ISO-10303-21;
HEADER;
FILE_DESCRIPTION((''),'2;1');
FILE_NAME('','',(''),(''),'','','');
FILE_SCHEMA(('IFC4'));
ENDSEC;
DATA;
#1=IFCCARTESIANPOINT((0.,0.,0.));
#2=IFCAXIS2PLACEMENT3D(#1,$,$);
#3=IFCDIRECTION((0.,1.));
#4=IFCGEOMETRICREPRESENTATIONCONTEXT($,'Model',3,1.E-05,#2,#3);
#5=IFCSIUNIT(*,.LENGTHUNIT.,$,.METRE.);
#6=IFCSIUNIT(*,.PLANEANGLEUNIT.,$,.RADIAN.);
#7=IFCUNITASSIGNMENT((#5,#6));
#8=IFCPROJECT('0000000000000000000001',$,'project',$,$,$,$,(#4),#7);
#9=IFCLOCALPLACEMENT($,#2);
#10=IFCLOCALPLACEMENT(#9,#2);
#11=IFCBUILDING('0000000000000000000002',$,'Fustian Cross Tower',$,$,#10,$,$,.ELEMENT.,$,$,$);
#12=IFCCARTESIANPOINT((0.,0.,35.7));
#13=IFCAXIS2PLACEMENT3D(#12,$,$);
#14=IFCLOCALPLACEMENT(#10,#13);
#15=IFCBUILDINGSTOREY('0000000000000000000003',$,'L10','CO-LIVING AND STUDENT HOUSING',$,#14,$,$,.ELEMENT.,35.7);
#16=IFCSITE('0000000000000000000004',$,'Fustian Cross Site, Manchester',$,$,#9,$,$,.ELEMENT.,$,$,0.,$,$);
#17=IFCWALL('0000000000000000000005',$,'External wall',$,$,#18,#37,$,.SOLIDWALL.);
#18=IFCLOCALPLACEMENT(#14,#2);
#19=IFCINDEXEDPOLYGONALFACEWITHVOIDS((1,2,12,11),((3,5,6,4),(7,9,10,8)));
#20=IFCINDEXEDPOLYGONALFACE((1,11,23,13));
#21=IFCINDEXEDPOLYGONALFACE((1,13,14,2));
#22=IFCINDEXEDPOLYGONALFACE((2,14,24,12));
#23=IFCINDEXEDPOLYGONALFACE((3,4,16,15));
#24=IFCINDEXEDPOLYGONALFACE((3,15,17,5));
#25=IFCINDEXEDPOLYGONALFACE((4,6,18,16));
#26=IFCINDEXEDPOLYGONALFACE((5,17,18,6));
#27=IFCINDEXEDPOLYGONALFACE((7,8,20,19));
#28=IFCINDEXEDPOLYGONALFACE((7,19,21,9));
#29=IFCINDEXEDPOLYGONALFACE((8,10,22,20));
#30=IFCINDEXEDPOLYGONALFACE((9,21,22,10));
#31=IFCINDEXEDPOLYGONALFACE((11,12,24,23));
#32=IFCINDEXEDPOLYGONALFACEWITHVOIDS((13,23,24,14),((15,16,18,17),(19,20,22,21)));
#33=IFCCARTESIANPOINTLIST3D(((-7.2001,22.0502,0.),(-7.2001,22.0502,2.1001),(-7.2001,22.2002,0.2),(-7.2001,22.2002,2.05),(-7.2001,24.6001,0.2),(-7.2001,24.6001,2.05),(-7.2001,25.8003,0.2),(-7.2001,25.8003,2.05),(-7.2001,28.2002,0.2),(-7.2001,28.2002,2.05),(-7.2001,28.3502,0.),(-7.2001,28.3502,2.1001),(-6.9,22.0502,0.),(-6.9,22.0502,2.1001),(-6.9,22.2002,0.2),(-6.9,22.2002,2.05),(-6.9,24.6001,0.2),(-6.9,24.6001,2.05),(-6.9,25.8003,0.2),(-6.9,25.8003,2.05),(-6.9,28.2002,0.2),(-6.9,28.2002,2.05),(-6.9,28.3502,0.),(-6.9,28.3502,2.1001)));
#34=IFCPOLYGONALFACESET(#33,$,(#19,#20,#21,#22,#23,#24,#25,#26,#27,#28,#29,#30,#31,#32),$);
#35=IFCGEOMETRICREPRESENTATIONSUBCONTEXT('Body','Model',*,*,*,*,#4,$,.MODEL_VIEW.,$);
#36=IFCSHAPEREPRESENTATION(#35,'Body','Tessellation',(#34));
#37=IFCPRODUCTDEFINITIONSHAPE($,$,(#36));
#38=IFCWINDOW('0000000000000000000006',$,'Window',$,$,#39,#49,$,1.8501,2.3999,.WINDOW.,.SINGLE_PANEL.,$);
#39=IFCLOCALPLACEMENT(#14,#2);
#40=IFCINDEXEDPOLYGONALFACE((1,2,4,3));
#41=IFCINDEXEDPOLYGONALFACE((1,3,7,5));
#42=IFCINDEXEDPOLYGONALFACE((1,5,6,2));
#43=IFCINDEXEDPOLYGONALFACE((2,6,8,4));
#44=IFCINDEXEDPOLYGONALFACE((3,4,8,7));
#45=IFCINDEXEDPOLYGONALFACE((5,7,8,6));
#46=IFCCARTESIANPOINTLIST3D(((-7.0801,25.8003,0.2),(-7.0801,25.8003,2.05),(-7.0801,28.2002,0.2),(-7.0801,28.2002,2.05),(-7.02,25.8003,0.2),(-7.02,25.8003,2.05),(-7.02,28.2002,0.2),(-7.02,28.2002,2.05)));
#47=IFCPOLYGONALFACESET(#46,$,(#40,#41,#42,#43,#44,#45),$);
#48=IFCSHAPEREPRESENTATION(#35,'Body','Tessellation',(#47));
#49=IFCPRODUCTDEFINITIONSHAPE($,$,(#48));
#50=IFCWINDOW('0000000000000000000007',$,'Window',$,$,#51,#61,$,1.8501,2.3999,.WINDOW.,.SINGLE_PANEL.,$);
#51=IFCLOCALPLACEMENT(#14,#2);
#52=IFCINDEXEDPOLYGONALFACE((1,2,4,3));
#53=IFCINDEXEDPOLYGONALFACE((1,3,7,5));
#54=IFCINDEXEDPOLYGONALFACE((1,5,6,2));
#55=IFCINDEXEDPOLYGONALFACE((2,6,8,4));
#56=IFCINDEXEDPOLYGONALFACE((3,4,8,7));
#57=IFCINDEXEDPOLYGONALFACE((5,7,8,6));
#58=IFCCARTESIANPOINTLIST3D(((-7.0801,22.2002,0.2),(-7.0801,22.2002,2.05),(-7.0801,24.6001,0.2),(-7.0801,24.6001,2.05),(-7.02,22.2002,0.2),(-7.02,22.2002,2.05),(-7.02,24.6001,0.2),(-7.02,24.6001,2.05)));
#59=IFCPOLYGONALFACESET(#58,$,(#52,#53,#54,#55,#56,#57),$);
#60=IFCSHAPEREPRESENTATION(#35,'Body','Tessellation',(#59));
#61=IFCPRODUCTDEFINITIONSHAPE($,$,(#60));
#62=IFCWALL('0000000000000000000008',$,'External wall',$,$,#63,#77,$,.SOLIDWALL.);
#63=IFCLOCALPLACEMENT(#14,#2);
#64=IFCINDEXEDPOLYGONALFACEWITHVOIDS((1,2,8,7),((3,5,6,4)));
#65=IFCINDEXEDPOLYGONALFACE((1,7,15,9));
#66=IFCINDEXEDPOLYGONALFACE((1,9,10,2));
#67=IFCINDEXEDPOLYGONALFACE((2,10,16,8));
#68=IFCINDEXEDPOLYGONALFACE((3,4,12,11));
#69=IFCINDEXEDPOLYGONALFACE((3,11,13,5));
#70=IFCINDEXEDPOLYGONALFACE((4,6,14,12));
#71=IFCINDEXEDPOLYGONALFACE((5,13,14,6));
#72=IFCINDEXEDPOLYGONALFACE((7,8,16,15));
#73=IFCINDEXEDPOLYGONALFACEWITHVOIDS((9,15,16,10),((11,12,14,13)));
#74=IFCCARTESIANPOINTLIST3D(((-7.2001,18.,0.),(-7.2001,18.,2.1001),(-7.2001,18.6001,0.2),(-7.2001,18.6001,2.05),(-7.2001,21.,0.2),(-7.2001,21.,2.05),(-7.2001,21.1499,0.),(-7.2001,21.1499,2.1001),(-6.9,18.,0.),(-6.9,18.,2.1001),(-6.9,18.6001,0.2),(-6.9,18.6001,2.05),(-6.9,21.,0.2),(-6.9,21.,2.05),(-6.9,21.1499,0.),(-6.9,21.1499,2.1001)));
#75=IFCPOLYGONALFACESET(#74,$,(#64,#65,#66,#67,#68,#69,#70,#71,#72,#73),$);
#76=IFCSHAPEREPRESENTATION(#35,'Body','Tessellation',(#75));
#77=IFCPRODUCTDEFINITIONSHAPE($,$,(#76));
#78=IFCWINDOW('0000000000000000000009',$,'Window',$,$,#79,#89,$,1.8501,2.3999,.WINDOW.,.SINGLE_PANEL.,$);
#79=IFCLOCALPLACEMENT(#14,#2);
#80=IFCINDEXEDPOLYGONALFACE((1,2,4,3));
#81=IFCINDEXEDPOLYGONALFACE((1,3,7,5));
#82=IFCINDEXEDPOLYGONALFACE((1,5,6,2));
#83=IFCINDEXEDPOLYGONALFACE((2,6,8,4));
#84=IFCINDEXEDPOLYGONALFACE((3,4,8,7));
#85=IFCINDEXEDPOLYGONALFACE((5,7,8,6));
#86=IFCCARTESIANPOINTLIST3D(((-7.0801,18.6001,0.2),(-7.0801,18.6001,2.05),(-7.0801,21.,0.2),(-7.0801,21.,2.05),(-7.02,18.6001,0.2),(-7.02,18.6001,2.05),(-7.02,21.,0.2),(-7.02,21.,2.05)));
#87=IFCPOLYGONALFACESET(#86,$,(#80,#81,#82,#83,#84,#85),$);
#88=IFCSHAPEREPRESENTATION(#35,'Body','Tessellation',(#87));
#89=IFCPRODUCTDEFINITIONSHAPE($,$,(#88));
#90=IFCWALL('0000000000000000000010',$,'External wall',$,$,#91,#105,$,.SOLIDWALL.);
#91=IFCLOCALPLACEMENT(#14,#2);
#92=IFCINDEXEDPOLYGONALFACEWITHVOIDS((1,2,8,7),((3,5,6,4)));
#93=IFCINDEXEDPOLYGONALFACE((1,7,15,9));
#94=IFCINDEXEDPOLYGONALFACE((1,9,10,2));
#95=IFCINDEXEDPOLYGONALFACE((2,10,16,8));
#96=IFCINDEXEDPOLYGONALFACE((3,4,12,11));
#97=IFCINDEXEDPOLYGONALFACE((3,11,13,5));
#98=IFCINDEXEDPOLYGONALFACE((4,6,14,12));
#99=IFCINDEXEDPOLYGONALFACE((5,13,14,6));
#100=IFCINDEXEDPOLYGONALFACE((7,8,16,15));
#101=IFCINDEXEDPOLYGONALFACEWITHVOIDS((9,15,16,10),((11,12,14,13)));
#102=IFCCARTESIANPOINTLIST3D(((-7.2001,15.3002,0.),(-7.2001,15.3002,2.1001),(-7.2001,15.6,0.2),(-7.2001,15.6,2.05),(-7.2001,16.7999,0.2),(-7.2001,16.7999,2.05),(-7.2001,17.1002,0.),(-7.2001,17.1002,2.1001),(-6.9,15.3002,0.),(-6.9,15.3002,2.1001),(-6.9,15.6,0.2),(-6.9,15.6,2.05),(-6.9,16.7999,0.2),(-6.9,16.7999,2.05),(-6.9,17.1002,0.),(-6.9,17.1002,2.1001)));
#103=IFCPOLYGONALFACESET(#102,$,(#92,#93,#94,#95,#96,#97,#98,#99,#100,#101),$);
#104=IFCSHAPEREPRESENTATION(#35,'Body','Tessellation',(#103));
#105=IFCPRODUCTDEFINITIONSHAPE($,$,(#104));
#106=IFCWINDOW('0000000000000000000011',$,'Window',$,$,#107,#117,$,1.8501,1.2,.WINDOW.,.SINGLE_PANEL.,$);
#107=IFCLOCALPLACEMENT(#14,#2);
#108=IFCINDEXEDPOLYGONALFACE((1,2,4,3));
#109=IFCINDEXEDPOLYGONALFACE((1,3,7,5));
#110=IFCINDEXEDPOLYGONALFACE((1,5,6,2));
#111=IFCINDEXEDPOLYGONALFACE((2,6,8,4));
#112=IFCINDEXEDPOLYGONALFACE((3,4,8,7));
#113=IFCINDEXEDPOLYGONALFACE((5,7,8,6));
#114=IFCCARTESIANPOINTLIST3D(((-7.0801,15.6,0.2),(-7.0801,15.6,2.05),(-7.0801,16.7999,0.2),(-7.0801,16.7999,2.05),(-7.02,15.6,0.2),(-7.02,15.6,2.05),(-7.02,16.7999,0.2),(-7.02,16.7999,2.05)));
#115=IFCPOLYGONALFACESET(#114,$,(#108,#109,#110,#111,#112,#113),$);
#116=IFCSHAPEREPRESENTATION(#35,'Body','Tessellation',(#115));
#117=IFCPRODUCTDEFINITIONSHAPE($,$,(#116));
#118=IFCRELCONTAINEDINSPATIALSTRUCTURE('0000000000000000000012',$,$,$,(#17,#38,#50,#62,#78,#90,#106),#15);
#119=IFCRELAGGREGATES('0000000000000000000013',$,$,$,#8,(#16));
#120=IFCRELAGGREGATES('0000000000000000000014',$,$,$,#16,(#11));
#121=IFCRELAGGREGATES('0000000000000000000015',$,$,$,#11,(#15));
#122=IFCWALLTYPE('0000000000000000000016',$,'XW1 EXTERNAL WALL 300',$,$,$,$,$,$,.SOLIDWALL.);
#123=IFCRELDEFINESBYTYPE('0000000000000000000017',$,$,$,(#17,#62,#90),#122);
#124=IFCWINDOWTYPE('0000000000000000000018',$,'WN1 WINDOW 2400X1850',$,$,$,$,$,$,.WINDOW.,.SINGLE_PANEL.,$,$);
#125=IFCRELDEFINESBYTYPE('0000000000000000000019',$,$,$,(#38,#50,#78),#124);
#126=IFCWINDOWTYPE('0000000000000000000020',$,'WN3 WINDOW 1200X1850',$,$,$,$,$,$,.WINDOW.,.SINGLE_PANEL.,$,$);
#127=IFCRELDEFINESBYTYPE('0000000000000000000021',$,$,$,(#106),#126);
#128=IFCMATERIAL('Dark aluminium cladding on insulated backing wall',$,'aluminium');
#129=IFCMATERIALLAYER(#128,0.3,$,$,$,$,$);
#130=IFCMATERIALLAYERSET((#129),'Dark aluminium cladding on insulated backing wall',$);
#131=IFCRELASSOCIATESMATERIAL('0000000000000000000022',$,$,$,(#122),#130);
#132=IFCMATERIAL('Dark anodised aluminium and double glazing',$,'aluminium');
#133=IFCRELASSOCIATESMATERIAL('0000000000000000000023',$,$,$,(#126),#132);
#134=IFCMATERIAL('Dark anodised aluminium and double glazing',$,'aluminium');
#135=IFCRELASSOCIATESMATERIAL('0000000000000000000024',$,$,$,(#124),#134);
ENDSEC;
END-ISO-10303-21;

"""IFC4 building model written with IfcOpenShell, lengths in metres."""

from ifc_helpers import new_model, si_unit, direction, frame, frame_2d, origin, place, context, subcontext, project, spatial, rectangle, extrude, material, layer, layer_set, type_object, element, fill, save


model = new_model("IFC4")

# Units and contexts
model_context = context("Model", 3, precision=1e-05, world=origin(), true_north=direction((0.0, 1.0)))
body_context = subcontext(model_context, "Body", "Model", "MODEL_VIEW")
ifc_project = project(units=[si_unit("LENGTHUNIT", "METRE"), si_unit("PLANEANGLEUNIT", "RADIAN")], contexts=[model_context])

# Site, building, storey
site_placement = place(None, origin())
site = spatial("IfcSite", under=ifc_project, at=site_placement, Name="Fustian Cross Site, Manchester", CompositionType="ELEMENT", RefElevation=0.0)
building_placement = place(site_placement, origin())
building = spatial("IfcBuilding", under=site, at=building_placement, Name="Fustian Cross Tower", CompositionType="ELEMENT")
storey_placement = place(building_placement, frame((0.0, 0.0, 35.7)))
storey = spatial("IfcBuildingStorey", under=building, at=storey_placement, Name="L10", Description="CO-LIVING AND STUDENT HOUSING", CompositionType="ELEMENT", Elevation=35.7)

# Shared definitions
ifc_material_1 = material(Name="Dark aluminium cladding on insulated backing wall", Category="aluminium")
ifc_layer_1 = layer(ifc_material_1, 0.3)
ifc_layer_set_1 = layer_set([ifc_layer_1], Name="Dark aluminium cladding on insulated backing wall")
wall_type_1 = type_object("IfcWallType", Name="XW1 EXTERNAL WALL 300", PredefinedType="SOLIDWALL", material=ifc_layer_set_1)
ifc_material_2 = material(Name="Dark anodised aluminium and double glazing", Category="aluminium")
window_type_1 = type_object("IfcWindowType", Name="WN3 WINDOW 1200X1850", PartitioningType="SINGLE_PANEL", PredefinedType="WINDOW", material=ifc_material_2)

# Wall, openings, windows
ifc_material_3 = material(Name="Dark anodised aluminium and double glazing", Category="aluminium")
window_type_2 = type_object("IfcWindowType", Name="WN1 WINDOW 2400X1850", PartitioningType="SINGLE_PANEL", PredefinedType="WINDOW", material=ifc_material_3)
wall_1_placement = place(storey_placement, frame((-7.05, 28.3501, 0.0), z_axis=(0.0, 0.0, 1.0), x_axis=(0.0, -1.0, 0.0)))
wall_1 = element("IfcWall", 1, at=wall_1_placement, inside=storey, type_object=wall_type_1, Name="External wall", PredefinedType="SOLIDWALL", context=body_context, shape_type="SweptSolid", body=[
    extrude(rectangle(XDim=6.3, YDim=0.3, at=frame_2d((3.1499, 0.0))), origin(), (0.0, 0.0, 1.0), 2.1001),
])
opening_1_placement = place(wall_1_placement, frame((0.1499, 0.0, 0.2)))
opening_1 = element("IfcOpeningElement", 2, at=opening_1_placement, cuts=wall_1, PredefinedType="OPENING", context=body_context, shape_type="SweptSolid", body=[
    extrude(rectangle(XDim=2.3999, YDim=1.8501, at=frame_2d((1.2, 0.925))), frame((0.0, 0.1599, 0.0), z_axis=(0.0, -1.0, 0.0), x_axis=(1.0, 0.0, 0.0)), (0.0, 0.0, 1.0), 0.3201),
])
opening_2_placement = place(wall_1_placement, frame((3.75, 0.0, 0.2)))
opening_2 = element("IfcOpeningElement", 3, at=opening_2_placement, cuts=wall_1, PredefinedType="OPENING", context=body_context, shape_type="SweptSolid", body=[
    extrude(rectangle(XDim=2.3999, YDim=1.8501, at=frame_2d((1.2, 0.925))), frame((0.0, 0.1599, 0.0), z_axis=(0.0, -1.0, 0.0), x_axis=(1.0, 0.0, 0.0)), (0.0, 0.0, 1.0), 0.3201),
])
window_1_placement = place(opening_1_placement, origin())
window_1 = element("IfcWindow", 4, at=window_1_placement, inside=storey, type_object=window_type_2, Name="Window", OverallHeight=1.8501, OverallWidth=2.3999, PartitioningType="SINGLE_PANEL", PredefinedType="WINDOW", context=body_context, shape_type="SweptSolid", body=[
    extrude(rectangle(XDim=2.3999, YDim=1.8501, at=frame_2d((1.2, 0.925))), frame((0.0, 0.03, 0.0), z_axis=(0.0, -1.0, 0.0), x_axis=(1.0, 0.0, 0.0)), (0.0, 0.0, 1.0), 0.0601),
])
fill(opening_1, window_1)
window_2_placement = place(opening_2_placement, origin())
window_2 = element("IfcWindow", 5, at=window_2_placement, inside=storey, type_object=window_type_2, Name="Window", OverallHeight=1.8501, OverallWidth=2.3999, PartitioningType="SINGLE_PANEL", PredefinedType="WINDOW", context=body_context, shape_type="SweptSolid", body=[
    extrude(rectangle(XDim=2.3999, YDim=1.8501, at=frame_2d((1.2, 0.925))), frame((0.0, 0.03, 0.0), z_axis=(0.0, -1.0, 0.0), x_axis=(1.0, 0.0, 0.0)), (0.0, 0.0, 1.0), 0.0601),
])
fill(opening_2, window_2)

# Walls, openings, windows
wall_2_placement = place(storey_placement, frame((-7.05, 21.1499, 0.0), z_axis=(0.0, 0.0, 1.0), x_axis=(0.0, -1.0, 0.0)))
wall_2 = element("IfcWall", 6, at=wall_2_placement, inside=storey, type_object=wall_type_1, Name="External wall", PredefinedType="SOLIDWALL", context=body_context, shape_type="SweptSolid", body=[
    extrude(rectangle(XDim=3.1499, YDim=0.3, at=frame_2d((1.575, 0.0))), origin(), (0.0, 0.0, 1.0), 2.1001),
])
opening_3_placement = place(wall_2_placement, frame((0.1499, 0.0, 0.2)))
opening_3 = element("IfcOpeningElement", 7, at=opening_3_placement, cuts=wall_2, PredefinedType="OPENING", context=body_context, shape_type="SweptSolid", body=[
    extrude(rectangle(XDim=2.3999, YDim=1.8501, at=frame_2d((1.2, 0.925))), frame((0.0, 0.1599, 0.0), z_axis=(0.0, -1.0, 0.0), x_axis=(1.0, 0.0, 0.0)), (0.0, 0.0, 1.0), 0.3201),
])
window_3_placement = place(opening_3_placement, origin())
window_3 = element("IfcWindow", 8, at=window_3_placement, inside=storey, type_object=window_type_2, Name="Window", OverallHeight=1.8501, OverallWidth=2.3999, PartitioningType="SINGLE_PANEL", PredefinedType="WINDOW", context=body_context, shape_type="SweptSolid", body=[
    extrude(rectangle(XDim=2.3999, YDim=1.8501, at=frame_2d((1.2, 0.925))), frame((0.0, 0.03, 0.0), z_axis=(0.0, -1.0, 0.0), x_axis=(1.0, 0.0, 0.0)), (0.0, 0.0, 1.0), 0.0601),
])
fill(opening_3, window_3)
wall_3_placement = place(storey_placement, frame((-7.05, 17.1001, 0.0), z_axis=(0.0, 0.0, 1.0), x_axis=(0.0, -1.0, 0.0)))
wall_3 = element("IfcWall", 9, at=wall_3_placement, inside=storey, type_object=wall_type_1, Name="External wall", PredefinedType="SOLIDWALL", context=body_context, shape_type="SweptSolid", body=[
    extrude(rectangle(XDim=1.8, YDim=0.3, at=frame_2d((0.8999, 0.0))), origin(), (0.0, 0.0, 1.0), 2.1001),
])
opening_4_placement = place(wall_3_placement, frame((0.3, 0.0, 0.2)))
opening_4 = element("IfcOpeningElement", 10, at=opening_4_placement, cuts=wall_3, PredefinedType="OPENING", context=body_context, shape_type="SweptSolid", body=[
    extrude(rectangle(XDim=1.2, YDim=1.8501, at=frame_2d((0.6001, 0.925))), frame((0.0, 0.1599, 0.0), z_axis=(0.0, -1.0, 0.0), x_axis=(1.0, 0.0, 0.0)), (0.0, 0.0, 1.0), 0.3201),
])
window_4_placement = place(opening_4_placement, origin())
window_4 = element("IfcWindow", 11, at=window_4_placement, inside=storey, type_object=window_type_1, Name="Window", OverallHeight=1.8501, OverallWidth=1.2, PartitioningType="SINGLE_PANEL", PredefinedType="WINDOW", context=body_context, shape_type="SweptSolid", body=[
    extrude(rectangle(XDim=1.2, YDim=1.8501, at=frame_2d((0.6001, 0.925))), frame((0.0, 0.03, 0.0), z_axis=(0.0, -1.0, 0.0), x_axis=(1.0, 0.0, 0.0)), (0.0, 0.0, 1.0), 0.0601),
])
fill(opening_4, window_4)

save(model, "model.ifc")
